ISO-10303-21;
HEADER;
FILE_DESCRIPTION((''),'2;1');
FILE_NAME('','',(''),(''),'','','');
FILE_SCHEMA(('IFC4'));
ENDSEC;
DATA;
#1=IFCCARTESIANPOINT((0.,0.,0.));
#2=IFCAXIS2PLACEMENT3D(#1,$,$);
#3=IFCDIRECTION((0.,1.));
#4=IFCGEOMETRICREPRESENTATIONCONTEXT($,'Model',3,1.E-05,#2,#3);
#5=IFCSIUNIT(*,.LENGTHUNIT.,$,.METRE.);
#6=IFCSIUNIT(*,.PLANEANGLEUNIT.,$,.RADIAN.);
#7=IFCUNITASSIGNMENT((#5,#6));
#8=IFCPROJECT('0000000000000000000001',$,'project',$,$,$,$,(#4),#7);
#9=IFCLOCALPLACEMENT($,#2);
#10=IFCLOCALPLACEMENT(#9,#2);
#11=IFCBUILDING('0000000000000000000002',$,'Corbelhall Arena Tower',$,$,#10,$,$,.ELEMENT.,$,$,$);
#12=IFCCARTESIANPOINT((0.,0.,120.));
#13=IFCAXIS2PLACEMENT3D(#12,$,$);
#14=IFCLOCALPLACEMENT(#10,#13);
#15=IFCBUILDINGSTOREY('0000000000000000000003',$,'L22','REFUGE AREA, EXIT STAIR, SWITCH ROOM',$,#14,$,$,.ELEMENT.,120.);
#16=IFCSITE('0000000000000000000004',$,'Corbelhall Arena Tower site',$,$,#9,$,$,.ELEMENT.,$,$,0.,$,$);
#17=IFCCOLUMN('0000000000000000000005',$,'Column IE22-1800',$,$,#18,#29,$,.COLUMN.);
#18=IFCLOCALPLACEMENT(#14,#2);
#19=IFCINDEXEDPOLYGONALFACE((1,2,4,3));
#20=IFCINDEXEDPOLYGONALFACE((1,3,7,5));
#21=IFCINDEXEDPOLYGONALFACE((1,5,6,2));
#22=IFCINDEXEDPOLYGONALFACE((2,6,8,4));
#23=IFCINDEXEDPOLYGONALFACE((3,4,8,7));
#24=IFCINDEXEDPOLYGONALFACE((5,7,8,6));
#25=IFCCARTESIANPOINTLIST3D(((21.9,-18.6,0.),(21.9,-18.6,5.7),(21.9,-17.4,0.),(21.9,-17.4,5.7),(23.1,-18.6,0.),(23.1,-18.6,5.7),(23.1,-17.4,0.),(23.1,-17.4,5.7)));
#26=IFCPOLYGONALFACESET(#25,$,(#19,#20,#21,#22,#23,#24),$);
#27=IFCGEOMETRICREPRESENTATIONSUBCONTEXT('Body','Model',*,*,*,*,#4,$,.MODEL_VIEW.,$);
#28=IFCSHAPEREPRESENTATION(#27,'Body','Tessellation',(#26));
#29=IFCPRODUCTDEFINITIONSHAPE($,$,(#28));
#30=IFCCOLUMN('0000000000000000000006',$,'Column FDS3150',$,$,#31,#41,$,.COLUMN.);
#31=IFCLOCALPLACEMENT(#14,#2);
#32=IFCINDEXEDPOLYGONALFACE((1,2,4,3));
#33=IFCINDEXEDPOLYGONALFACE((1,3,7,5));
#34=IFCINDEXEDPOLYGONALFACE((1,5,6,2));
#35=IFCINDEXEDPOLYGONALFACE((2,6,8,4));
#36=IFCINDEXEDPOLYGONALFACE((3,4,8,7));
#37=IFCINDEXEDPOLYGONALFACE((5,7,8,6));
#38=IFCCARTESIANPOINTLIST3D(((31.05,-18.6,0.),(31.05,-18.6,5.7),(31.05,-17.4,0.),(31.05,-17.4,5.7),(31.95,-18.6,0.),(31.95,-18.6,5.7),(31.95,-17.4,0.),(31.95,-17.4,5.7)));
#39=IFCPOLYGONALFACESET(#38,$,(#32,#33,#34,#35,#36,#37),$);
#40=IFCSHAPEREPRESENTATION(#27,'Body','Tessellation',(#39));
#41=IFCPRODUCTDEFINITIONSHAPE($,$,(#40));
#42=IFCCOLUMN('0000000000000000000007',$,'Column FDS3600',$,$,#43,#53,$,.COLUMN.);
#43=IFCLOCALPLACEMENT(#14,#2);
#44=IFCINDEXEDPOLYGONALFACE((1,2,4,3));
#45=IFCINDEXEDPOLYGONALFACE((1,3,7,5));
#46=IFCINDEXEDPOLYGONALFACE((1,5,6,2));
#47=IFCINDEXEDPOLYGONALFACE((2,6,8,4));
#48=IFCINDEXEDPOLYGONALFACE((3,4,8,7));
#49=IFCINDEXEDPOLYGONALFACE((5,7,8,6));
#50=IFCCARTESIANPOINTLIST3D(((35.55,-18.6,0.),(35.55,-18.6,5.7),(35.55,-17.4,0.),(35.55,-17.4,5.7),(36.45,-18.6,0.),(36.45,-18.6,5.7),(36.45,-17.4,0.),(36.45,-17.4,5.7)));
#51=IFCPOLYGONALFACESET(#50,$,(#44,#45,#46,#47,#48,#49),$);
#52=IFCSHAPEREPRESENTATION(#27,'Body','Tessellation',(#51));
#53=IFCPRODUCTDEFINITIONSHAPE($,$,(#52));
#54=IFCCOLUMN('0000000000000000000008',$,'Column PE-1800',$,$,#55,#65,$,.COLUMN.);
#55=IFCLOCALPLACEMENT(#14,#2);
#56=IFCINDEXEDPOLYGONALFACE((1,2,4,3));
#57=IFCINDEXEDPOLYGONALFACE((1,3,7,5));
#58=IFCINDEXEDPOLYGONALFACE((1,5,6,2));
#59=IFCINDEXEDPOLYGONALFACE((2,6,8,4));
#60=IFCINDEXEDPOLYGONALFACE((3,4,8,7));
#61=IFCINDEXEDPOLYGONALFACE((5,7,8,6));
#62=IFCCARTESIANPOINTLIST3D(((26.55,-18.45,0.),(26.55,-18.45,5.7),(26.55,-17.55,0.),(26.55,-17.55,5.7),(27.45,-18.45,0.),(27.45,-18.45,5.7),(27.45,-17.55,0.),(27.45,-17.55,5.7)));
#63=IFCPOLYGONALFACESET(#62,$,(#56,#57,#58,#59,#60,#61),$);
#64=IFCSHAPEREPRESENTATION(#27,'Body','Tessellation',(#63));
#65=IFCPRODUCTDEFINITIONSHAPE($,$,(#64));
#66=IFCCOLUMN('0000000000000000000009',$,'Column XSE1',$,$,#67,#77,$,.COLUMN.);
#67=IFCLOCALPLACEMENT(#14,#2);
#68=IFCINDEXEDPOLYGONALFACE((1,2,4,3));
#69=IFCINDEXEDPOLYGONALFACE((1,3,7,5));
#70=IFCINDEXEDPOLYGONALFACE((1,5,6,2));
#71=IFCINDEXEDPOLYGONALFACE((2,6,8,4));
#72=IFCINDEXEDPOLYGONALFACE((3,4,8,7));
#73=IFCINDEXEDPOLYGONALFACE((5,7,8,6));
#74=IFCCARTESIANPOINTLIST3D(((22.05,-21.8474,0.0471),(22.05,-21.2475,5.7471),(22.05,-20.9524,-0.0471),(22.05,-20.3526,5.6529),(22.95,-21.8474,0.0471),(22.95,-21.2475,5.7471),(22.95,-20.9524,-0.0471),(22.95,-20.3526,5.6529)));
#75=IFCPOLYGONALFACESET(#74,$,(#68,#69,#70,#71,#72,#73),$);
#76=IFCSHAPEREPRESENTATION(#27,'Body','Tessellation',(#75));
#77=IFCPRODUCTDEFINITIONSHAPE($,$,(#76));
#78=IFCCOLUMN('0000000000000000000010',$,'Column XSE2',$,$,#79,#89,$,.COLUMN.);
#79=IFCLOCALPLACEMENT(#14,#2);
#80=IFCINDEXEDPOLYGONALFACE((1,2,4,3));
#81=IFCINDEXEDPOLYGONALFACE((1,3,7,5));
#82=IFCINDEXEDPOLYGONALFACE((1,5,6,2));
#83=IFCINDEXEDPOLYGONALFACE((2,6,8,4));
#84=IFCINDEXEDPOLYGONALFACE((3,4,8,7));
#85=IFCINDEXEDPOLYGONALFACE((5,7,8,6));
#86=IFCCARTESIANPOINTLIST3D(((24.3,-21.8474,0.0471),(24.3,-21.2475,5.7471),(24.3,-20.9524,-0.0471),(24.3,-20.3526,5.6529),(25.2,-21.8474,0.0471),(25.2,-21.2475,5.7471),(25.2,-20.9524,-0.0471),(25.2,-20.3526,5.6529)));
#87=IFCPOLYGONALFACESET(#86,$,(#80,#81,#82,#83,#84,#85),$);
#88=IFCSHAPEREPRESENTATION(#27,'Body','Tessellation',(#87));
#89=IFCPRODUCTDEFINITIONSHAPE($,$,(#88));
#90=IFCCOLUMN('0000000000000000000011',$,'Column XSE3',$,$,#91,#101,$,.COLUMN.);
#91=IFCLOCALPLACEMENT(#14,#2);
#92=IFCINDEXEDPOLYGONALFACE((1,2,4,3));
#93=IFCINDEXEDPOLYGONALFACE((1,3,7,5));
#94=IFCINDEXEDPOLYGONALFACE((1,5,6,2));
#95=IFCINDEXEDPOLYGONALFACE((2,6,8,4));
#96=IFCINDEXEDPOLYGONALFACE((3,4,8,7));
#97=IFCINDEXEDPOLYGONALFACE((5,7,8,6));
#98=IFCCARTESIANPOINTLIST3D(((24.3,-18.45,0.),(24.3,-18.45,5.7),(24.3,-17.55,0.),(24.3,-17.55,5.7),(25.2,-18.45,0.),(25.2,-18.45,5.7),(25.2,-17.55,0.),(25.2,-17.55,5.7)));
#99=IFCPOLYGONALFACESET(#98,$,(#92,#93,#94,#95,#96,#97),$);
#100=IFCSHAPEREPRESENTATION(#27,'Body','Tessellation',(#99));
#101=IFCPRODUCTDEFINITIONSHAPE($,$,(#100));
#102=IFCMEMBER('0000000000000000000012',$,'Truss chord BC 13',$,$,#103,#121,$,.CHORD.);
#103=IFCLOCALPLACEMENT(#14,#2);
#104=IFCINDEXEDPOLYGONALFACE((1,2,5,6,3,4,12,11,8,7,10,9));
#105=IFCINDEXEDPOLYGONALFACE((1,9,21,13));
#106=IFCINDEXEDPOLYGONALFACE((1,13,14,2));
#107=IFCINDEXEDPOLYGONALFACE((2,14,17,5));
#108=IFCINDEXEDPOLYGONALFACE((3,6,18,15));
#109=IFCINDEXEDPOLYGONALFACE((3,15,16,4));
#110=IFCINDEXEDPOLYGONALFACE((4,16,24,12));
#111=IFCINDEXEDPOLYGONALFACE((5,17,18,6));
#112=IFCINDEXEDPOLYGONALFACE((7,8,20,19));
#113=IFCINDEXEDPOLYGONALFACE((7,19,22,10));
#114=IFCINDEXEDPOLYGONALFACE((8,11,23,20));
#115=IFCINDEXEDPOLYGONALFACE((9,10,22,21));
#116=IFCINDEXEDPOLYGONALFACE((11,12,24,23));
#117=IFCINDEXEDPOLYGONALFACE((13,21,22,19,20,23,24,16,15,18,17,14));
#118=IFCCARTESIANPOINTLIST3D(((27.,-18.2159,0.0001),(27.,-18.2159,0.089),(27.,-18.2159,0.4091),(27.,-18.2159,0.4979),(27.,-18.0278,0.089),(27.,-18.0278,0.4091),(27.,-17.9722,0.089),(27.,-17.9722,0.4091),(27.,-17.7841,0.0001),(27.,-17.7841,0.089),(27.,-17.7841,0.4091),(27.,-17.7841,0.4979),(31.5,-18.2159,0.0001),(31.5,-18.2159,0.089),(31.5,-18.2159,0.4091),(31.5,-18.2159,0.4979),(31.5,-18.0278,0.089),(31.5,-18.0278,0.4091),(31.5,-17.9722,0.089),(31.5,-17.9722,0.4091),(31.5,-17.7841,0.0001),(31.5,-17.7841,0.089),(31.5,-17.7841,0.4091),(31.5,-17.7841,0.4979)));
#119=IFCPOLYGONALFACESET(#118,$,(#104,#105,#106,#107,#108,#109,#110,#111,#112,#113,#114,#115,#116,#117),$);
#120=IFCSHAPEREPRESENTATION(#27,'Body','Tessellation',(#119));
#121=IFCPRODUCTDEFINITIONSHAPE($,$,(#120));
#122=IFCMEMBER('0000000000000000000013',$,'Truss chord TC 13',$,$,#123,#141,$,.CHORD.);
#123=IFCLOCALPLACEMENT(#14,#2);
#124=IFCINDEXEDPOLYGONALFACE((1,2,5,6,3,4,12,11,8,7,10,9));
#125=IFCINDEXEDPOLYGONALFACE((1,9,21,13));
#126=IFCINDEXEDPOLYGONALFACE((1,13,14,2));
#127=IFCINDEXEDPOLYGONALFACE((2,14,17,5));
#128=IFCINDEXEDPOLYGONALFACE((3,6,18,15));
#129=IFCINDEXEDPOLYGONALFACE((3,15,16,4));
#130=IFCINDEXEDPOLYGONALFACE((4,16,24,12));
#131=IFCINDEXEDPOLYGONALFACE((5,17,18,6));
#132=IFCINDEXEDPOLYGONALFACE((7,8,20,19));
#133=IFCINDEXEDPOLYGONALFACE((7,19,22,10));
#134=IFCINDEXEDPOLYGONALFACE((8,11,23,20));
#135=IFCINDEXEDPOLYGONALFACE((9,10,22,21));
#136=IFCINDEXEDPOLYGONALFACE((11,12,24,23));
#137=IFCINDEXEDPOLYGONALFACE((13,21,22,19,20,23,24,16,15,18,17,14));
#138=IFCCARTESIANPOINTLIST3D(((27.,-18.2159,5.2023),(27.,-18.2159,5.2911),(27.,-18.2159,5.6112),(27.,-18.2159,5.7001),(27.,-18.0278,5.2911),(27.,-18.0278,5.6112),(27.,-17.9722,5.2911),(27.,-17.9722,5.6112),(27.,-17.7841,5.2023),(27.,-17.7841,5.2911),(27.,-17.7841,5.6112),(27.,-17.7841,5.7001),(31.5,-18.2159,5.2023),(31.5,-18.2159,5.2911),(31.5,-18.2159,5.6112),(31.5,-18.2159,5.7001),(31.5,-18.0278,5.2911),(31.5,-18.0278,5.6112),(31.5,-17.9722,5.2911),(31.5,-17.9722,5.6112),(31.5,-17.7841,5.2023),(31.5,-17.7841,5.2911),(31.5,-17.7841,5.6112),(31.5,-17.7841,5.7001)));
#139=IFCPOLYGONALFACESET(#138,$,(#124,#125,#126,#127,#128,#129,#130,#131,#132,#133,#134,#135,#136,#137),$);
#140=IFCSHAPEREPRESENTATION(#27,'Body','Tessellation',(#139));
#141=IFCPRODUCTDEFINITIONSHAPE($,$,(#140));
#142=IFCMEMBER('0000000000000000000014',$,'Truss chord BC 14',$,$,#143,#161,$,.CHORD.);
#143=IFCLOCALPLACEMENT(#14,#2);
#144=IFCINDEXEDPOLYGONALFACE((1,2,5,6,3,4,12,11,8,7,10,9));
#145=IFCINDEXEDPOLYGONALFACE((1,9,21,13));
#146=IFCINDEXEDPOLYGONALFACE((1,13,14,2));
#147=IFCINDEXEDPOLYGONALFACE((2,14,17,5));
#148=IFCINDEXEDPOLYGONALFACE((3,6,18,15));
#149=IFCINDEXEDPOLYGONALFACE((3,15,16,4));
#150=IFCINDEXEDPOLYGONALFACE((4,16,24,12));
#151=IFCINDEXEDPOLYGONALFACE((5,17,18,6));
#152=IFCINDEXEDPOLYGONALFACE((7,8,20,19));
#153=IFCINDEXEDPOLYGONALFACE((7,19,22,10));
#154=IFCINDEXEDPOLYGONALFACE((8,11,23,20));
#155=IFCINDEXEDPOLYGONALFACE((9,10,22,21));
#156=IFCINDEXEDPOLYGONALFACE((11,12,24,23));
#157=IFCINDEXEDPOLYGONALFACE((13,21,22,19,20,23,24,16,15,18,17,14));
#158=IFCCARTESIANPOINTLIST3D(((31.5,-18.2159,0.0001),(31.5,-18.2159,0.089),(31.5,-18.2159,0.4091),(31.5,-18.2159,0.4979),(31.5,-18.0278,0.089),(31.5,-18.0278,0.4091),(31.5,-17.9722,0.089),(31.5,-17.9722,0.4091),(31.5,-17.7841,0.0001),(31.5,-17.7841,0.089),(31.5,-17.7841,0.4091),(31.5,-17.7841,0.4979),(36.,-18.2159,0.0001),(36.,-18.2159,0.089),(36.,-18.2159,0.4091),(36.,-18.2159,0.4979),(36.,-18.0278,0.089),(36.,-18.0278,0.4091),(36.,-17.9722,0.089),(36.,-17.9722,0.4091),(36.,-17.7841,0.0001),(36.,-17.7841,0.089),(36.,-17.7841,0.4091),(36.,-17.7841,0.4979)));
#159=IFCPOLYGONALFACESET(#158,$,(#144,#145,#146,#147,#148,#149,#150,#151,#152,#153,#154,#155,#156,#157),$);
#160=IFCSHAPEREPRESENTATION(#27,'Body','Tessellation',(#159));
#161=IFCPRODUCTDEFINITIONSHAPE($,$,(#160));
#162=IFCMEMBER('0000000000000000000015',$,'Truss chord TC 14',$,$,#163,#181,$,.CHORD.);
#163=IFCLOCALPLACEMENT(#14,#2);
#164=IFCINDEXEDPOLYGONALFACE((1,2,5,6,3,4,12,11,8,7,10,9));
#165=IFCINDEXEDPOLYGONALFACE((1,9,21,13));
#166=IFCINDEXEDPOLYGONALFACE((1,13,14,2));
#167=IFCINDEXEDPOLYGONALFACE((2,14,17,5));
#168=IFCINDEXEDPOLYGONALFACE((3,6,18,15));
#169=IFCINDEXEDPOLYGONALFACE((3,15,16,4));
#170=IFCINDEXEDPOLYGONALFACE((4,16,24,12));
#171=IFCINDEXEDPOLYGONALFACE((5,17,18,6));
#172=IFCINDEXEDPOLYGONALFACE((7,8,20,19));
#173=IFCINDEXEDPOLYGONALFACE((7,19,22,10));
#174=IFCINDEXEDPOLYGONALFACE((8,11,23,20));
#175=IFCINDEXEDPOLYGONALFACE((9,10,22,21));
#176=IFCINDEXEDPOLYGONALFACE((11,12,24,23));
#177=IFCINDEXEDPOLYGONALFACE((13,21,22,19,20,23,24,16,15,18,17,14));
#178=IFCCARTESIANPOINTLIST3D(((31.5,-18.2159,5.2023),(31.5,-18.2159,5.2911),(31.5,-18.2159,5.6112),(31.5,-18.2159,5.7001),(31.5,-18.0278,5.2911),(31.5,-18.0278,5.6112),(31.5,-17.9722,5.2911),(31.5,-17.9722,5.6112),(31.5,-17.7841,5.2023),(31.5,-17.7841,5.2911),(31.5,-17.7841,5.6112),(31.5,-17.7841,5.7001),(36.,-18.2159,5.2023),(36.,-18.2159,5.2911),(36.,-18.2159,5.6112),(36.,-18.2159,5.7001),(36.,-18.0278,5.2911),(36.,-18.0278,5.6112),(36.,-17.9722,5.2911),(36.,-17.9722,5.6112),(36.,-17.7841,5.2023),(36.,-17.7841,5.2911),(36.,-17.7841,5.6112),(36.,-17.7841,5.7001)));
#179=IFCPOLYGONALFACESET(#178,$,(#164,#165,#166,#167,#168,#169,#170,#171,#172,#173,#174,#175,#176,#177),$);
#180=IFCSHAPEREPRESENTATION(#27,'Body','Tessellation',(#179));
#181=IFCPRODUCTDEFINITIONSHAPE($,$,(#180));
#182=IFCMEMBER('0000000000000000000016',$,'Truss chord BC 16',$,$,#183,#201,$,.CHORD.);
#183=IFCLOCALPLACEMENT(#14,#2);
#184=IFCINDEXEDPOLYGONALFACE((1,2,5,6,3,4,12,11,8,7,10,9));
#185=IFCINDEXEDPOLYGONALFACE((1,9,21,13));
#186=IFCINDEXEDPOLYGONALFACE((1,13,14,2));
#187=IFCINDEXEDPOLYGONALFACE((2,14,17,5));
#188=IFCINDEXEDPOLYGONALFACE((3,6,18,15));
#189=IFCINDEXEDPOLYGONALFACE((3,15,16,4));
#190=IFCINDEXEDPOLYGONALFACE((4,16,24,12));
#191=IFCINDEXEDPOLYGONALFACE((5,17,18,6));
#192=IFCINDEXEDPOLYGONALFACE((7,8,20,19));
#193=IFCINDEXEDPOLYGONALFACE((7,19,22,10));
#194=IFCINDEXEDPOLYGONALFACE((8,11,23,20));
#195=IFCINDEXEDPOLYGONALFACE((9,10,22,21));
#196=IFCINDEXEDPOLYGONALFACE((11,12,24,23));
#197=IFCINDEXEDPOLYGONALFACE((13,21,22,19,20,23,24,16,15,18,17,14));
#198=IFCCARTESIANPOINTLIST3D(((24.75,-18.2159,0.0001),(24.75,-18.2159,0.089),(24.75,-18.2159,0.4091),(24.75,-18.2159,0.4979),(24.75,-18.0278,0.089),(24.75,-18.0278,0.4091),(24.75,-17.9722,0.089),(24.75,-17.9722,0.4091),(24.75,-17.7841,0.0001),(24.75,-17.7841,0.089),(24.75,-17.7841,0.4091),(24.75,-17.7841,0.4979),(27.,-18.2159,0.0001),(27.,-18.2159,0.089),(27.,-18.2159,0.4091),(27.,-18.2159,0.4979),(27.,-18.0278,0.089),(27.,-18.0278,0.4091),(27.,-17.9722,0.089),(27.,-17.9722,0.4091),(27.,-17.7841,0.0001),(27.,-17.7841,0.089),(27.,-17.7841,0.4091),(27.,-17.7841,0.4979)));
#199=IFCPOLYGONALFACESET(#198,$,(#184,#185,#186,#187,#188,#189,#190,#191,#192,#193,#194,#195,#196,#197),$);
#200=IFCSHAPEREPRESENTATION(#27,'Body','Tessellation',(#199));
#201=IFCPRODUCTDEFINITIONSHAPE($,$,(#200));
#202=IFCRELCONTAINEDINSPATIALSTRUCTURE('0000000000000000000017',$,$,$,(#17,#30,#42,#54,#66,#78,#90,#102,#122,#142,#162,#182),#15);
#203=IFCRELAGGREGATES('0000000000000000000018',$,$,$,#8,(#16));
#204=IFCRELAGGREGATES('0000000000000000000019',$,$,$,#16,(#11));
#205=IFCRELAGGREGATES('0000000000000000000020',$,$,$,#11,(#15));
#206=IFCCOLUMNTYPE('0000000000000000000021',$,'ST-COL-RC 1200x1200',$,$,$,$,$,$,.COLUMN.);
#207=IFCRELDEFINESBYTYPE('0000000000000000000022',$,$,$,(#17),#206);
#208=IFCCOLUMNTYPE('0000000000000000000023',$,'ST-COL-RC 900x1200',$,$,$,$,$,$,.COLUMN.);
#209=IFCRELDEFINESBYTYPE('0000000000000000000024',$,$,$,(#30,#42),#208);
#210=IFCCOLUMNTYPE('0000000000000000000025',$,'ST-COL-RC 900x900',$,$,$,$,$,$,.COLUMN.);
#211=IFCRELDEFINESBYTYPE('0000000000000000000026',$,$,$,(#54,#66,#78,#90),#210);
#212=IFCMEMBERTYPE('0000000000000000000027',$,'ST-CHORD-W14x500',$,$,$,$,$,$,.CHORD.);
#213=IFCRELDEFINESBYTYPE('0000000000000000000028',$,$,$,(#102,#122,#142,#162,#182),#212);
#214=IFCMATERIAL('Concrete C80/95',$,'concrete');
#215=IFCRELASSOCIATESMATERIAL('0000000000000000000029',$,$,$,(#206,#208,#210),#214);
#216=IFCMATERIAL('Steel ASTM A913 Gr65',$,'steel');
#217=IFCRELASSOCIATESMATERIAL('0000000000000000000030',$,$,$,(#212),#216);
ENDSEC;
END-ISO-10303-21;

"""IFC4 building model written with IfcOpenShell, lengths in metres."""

from ifc_helpers import new_model, si_unit, direction, frame, origin, origin_2d, place, context, subcontext, project, spatial, rectangle, i_section, extrude, material, material_profile, profile_set, type_object, element, save


model = new_model("IFC4")

# Units and contexts
model_context = context("Model", 3, precision=1e-05, world=origin(), true_north=direction((0.0, 1.0)))
body_context = subcontext(model_context, "Body", "Model", "MODEL_VIEW")
ifc_project = project(units=[si_unit("LENGTHUNIT", "METRE"), si_unit("PLANEANGLEUNIT", "RADIAN")], contexts=[model_context])

# Site, building, storey
site_placement = place(None, origin())
site = spatial("IfcSite", under=ifc_project, at=site_placement, Name="Corbelhall Arena Tower site", CompositionType="ELEMENT", RefElevation=0.0)
building_placement = place(site_placement, origin())
building = spatial("IfcBuilding", under=site, at=building_placement, Name="Corbelhall Arena Tower", CompositionType="ELEMENT")
storey_placement = place(building_placement, frame((0.0, 0.0, 120.0)))
storey = spatial("IfcBuildingStorey", under=building, at=storey_placement, Name="L22", Description="REFUGE AREA, EXIT STAIR, SWITCH ROOM", CompositionType="ELEMENT", Elevation=120.0)

# Columns
ifc_material_1 = material(Name="Concrete C80/95", Category="concrete")
ifc_material_profile_1 = material_profile(ifc_material_1, rectangle(XDim=1.2, YDim=1.2, at=origin_2d()))
ifc_profile_set_1 = profile_set([ifc_material_profile_1], Name="Concrete C80/95")
column_type_1 = type_object("IfcColumnType", Name="ST-COL-RC 1200x1200", PredefinedType="COLUMN", material=ifc_profile_set_1)
column_1_placement = place(storey_placement, frame((22.5, -18.0, 0.0), z_axis=(0.0, 0.0, 1.0), x_axis=(1.0, 0.0, 0.0)))
element("IfcColumn", 1, at=column_1_placement, inside=storey, type_object=column_type_1, Name="Column IE22-1800", PredefinedType="COLUMN", context=body_context, shape_type="SweptSolid", body=[
    extrude(rectangle(XDim=1.2, YDim=1.2, at=origin_2d()), origin(), (0.0, 0.0, 1.0), 5.7),
])
ifc_material_profile_2 = material_profile(ifc_material_1, rectangle(XDim=0.8999, YDim=1.2, at=origin_2d()))
ifc_profile_set_2 = profile_set([ifc_material_profile_2], Name="Concrete C80/95")
column_type_2 = type_object("IfcColumnType", Name="ST-COL-RC 900x1200", PredefinedType="COLUMN", material=ifc_profile_set_2)
for number, where, z_axis, x_axis, name in (
    (2, (31.5, -18.0, 0.0), (0.0, 0.0, 1.0), (1.0, 0.0, 0.0), "Column FDS3150"),
    (3, (36.0, -18.0, 0.0), (0.0, 0.0, 1.0), (1.0, 0.0, 0.0), "Column FDS3600"),
):
    element("IfcColumn", number, at=place(storey_placement, frame(where, z_axis=z_axis, x_axis=x_axis)), inside=storey, type_object=column_type_2, Name=name, PredefinedType="COLUMN", context=body_context, shape_type="SweptSolid", body=[
        extrude(rectangle(XDim=0.8999, YDim=1.2, at=origin_2d()), origin(), (0.0, 0.0, 1.0), 5.7),
    ])
ifc_material_profile_3 = material_profile(ifc_material_1, rectangle(XDim=0.8999, YDim=0.8999, at=origin_2d()))
ifc_profile_set_3 = profile_set([ifc_material_profile_3], Name="Concrete C80/95")
column_type_3 = type_object("IfcColumnType", Name="ST-COL-RC 900x900", PredefinedType="COLUMN", material=ifc_profile_set_3)
column_2_placement = place(storey_placement, frame((27.0, -18.0, 0.0), z_axis=(0.0, 0.0, 1.0), x_axis=(1.0, 0.0, 0.0)))
element("IfcColumn", 4, at=column_2_placement, inside=storey, type_object=column_type_3, Name="Column PE-1800", PredefinedType="COLUMN", context=body_context, shape_type="SweptSolid", body=[
    extrude(rectangle(XDim=0.8999, YDim=0.8999, at=origin_2d()), origin(), (0.0, 0.0, 1.0), 5.7),
])
for number, where, z_axis, x_axis, name in (
    (5, (22.5, -21.3999, 0.0), (0.0, 0.10466, 0.994508), (-1.0, 0.0, 0.0), "Column XSE1"),
    (6, (24.75, -21.3999, 0.0), (0.0, 0.10466, 0.994508), (-1.0, 0.0, 0.0), "Column XSE2"),
):
    element("IfcColumn", number, at=place(storey_placement, frame(where, z_axis=z_axis, x_axis=x_axis)), inside=storey, type_object=column_type_3, Name=name, PredefinedType="COLUMN", context=body_context, shape_type="SweptSolid", body=[
        extrude(rectangle(XDim=0.8999, YDim=0.8999, at=origin_2d()), origin(), (0.0, 0.0, 1.0), 5.7314),
    ])
column_3_placement = place(storey_placement, frame((24.75, -18.0, 0.0), z_axis=(0.0, 0.0, 1.0), x_axis=(1.0, 0.0, 0.0)))
element("IfcColumn", 7, at=column_3_placement, inside=storey, type_object=column_type_3, Name="Column XSE3", PredefinedType="COLUMN", context=body_context, shape_type="SweptSolid", body=[
    extrude(rectangle(XDim=0.8999, YDim=0.8999, at=origin_2d()), origin(), (0.0, 0.0, 1.0), 5.7),
])

# Members
ifc_material_2 = material(Name="Steel ASTM A913 Gr65", Category="steel")
ifc_material_profile_4 = material_profile(ifc_material_2, i_section(OverallWidth=0.4319, OverallDepth=0.4978, WebThickness=0.0557, FlangeThickness=0.0889, at=origin_2d()))
ifc_profile_set_4 = profile_set([ifc_material_profile_4], Name="Steel ASTM A913 Gr65")
member_type_1 = type_object("IfcMemberType", Name="ST-CHORD-W14x500", PredefinedType="CHORD", material=ifc_profile_set_4)
for number, where, z_axis, x_axis, name in (
    (8, (31.5, -18.0, 0.249), (-1.0, 0.0, 0.0), (0.0, -1.0, 0.0), "Truss chord BC 13"),
    (9, (31.5, -18.0, 5.4512), (-1.0, 0.0, 0.0), (0.0, -1.0, 0.0), "Truss chord TC 13"),
    (10, (36.0, -18.0, 0.249), (-1.0, 0.0, 0.0), (0.0, -1.0, 0.0), "Truss chord BC 14"),
    (11, (36.0, -18.0, 5.4512), (-1.0, 0.0, 0.0), (0.0, -1.0, 0.0), "Truss chord TC 14"),
):
    element("IfcMember", number, at=place(storey_placement, frame(where, z_axis=z_axis, x_axis=x_axis)), inside=storey, type_object=member_type_1, Name=name, PredefinedType="CHORD", context=body_context, shape_type="SweptSolid", body=[
        extrude(i_section(OverallWidth=0.4319, OverallDepth=0.4978, WebThickness=0.0557, FlangeThickness=0.0889, at=origin_2d()), origin(), (0.0, 0.0, 1.0), 4.5),
    ])
for number, where, z_axis, x_axis, name in (
    (12, (27.0, -18.0, 0.249), (-1.0, 0.0, 0.0), (0.0, -1.0, 0.0), "Truss chord BC 16"),
):
    element("IfcMember", number, at=place(storey_placement, frame(where, z_axis=z_axis, x_axis=x_axis)), inside=storey, type_object=member_type_1, Name=name, PredefinedType="CHORD", context=body_context, shape_type="SweptSolid", body=[
        extrude(i_section(OverallWidth=0.4319, OverallDepth=0.4978, WebThickness=0.0557, FlangeThickness=0.0889, at=origin_2d()), origin(), (0.0, 0.0, 1.0), 2.25),
    ])

save(model, "model.ifc")
